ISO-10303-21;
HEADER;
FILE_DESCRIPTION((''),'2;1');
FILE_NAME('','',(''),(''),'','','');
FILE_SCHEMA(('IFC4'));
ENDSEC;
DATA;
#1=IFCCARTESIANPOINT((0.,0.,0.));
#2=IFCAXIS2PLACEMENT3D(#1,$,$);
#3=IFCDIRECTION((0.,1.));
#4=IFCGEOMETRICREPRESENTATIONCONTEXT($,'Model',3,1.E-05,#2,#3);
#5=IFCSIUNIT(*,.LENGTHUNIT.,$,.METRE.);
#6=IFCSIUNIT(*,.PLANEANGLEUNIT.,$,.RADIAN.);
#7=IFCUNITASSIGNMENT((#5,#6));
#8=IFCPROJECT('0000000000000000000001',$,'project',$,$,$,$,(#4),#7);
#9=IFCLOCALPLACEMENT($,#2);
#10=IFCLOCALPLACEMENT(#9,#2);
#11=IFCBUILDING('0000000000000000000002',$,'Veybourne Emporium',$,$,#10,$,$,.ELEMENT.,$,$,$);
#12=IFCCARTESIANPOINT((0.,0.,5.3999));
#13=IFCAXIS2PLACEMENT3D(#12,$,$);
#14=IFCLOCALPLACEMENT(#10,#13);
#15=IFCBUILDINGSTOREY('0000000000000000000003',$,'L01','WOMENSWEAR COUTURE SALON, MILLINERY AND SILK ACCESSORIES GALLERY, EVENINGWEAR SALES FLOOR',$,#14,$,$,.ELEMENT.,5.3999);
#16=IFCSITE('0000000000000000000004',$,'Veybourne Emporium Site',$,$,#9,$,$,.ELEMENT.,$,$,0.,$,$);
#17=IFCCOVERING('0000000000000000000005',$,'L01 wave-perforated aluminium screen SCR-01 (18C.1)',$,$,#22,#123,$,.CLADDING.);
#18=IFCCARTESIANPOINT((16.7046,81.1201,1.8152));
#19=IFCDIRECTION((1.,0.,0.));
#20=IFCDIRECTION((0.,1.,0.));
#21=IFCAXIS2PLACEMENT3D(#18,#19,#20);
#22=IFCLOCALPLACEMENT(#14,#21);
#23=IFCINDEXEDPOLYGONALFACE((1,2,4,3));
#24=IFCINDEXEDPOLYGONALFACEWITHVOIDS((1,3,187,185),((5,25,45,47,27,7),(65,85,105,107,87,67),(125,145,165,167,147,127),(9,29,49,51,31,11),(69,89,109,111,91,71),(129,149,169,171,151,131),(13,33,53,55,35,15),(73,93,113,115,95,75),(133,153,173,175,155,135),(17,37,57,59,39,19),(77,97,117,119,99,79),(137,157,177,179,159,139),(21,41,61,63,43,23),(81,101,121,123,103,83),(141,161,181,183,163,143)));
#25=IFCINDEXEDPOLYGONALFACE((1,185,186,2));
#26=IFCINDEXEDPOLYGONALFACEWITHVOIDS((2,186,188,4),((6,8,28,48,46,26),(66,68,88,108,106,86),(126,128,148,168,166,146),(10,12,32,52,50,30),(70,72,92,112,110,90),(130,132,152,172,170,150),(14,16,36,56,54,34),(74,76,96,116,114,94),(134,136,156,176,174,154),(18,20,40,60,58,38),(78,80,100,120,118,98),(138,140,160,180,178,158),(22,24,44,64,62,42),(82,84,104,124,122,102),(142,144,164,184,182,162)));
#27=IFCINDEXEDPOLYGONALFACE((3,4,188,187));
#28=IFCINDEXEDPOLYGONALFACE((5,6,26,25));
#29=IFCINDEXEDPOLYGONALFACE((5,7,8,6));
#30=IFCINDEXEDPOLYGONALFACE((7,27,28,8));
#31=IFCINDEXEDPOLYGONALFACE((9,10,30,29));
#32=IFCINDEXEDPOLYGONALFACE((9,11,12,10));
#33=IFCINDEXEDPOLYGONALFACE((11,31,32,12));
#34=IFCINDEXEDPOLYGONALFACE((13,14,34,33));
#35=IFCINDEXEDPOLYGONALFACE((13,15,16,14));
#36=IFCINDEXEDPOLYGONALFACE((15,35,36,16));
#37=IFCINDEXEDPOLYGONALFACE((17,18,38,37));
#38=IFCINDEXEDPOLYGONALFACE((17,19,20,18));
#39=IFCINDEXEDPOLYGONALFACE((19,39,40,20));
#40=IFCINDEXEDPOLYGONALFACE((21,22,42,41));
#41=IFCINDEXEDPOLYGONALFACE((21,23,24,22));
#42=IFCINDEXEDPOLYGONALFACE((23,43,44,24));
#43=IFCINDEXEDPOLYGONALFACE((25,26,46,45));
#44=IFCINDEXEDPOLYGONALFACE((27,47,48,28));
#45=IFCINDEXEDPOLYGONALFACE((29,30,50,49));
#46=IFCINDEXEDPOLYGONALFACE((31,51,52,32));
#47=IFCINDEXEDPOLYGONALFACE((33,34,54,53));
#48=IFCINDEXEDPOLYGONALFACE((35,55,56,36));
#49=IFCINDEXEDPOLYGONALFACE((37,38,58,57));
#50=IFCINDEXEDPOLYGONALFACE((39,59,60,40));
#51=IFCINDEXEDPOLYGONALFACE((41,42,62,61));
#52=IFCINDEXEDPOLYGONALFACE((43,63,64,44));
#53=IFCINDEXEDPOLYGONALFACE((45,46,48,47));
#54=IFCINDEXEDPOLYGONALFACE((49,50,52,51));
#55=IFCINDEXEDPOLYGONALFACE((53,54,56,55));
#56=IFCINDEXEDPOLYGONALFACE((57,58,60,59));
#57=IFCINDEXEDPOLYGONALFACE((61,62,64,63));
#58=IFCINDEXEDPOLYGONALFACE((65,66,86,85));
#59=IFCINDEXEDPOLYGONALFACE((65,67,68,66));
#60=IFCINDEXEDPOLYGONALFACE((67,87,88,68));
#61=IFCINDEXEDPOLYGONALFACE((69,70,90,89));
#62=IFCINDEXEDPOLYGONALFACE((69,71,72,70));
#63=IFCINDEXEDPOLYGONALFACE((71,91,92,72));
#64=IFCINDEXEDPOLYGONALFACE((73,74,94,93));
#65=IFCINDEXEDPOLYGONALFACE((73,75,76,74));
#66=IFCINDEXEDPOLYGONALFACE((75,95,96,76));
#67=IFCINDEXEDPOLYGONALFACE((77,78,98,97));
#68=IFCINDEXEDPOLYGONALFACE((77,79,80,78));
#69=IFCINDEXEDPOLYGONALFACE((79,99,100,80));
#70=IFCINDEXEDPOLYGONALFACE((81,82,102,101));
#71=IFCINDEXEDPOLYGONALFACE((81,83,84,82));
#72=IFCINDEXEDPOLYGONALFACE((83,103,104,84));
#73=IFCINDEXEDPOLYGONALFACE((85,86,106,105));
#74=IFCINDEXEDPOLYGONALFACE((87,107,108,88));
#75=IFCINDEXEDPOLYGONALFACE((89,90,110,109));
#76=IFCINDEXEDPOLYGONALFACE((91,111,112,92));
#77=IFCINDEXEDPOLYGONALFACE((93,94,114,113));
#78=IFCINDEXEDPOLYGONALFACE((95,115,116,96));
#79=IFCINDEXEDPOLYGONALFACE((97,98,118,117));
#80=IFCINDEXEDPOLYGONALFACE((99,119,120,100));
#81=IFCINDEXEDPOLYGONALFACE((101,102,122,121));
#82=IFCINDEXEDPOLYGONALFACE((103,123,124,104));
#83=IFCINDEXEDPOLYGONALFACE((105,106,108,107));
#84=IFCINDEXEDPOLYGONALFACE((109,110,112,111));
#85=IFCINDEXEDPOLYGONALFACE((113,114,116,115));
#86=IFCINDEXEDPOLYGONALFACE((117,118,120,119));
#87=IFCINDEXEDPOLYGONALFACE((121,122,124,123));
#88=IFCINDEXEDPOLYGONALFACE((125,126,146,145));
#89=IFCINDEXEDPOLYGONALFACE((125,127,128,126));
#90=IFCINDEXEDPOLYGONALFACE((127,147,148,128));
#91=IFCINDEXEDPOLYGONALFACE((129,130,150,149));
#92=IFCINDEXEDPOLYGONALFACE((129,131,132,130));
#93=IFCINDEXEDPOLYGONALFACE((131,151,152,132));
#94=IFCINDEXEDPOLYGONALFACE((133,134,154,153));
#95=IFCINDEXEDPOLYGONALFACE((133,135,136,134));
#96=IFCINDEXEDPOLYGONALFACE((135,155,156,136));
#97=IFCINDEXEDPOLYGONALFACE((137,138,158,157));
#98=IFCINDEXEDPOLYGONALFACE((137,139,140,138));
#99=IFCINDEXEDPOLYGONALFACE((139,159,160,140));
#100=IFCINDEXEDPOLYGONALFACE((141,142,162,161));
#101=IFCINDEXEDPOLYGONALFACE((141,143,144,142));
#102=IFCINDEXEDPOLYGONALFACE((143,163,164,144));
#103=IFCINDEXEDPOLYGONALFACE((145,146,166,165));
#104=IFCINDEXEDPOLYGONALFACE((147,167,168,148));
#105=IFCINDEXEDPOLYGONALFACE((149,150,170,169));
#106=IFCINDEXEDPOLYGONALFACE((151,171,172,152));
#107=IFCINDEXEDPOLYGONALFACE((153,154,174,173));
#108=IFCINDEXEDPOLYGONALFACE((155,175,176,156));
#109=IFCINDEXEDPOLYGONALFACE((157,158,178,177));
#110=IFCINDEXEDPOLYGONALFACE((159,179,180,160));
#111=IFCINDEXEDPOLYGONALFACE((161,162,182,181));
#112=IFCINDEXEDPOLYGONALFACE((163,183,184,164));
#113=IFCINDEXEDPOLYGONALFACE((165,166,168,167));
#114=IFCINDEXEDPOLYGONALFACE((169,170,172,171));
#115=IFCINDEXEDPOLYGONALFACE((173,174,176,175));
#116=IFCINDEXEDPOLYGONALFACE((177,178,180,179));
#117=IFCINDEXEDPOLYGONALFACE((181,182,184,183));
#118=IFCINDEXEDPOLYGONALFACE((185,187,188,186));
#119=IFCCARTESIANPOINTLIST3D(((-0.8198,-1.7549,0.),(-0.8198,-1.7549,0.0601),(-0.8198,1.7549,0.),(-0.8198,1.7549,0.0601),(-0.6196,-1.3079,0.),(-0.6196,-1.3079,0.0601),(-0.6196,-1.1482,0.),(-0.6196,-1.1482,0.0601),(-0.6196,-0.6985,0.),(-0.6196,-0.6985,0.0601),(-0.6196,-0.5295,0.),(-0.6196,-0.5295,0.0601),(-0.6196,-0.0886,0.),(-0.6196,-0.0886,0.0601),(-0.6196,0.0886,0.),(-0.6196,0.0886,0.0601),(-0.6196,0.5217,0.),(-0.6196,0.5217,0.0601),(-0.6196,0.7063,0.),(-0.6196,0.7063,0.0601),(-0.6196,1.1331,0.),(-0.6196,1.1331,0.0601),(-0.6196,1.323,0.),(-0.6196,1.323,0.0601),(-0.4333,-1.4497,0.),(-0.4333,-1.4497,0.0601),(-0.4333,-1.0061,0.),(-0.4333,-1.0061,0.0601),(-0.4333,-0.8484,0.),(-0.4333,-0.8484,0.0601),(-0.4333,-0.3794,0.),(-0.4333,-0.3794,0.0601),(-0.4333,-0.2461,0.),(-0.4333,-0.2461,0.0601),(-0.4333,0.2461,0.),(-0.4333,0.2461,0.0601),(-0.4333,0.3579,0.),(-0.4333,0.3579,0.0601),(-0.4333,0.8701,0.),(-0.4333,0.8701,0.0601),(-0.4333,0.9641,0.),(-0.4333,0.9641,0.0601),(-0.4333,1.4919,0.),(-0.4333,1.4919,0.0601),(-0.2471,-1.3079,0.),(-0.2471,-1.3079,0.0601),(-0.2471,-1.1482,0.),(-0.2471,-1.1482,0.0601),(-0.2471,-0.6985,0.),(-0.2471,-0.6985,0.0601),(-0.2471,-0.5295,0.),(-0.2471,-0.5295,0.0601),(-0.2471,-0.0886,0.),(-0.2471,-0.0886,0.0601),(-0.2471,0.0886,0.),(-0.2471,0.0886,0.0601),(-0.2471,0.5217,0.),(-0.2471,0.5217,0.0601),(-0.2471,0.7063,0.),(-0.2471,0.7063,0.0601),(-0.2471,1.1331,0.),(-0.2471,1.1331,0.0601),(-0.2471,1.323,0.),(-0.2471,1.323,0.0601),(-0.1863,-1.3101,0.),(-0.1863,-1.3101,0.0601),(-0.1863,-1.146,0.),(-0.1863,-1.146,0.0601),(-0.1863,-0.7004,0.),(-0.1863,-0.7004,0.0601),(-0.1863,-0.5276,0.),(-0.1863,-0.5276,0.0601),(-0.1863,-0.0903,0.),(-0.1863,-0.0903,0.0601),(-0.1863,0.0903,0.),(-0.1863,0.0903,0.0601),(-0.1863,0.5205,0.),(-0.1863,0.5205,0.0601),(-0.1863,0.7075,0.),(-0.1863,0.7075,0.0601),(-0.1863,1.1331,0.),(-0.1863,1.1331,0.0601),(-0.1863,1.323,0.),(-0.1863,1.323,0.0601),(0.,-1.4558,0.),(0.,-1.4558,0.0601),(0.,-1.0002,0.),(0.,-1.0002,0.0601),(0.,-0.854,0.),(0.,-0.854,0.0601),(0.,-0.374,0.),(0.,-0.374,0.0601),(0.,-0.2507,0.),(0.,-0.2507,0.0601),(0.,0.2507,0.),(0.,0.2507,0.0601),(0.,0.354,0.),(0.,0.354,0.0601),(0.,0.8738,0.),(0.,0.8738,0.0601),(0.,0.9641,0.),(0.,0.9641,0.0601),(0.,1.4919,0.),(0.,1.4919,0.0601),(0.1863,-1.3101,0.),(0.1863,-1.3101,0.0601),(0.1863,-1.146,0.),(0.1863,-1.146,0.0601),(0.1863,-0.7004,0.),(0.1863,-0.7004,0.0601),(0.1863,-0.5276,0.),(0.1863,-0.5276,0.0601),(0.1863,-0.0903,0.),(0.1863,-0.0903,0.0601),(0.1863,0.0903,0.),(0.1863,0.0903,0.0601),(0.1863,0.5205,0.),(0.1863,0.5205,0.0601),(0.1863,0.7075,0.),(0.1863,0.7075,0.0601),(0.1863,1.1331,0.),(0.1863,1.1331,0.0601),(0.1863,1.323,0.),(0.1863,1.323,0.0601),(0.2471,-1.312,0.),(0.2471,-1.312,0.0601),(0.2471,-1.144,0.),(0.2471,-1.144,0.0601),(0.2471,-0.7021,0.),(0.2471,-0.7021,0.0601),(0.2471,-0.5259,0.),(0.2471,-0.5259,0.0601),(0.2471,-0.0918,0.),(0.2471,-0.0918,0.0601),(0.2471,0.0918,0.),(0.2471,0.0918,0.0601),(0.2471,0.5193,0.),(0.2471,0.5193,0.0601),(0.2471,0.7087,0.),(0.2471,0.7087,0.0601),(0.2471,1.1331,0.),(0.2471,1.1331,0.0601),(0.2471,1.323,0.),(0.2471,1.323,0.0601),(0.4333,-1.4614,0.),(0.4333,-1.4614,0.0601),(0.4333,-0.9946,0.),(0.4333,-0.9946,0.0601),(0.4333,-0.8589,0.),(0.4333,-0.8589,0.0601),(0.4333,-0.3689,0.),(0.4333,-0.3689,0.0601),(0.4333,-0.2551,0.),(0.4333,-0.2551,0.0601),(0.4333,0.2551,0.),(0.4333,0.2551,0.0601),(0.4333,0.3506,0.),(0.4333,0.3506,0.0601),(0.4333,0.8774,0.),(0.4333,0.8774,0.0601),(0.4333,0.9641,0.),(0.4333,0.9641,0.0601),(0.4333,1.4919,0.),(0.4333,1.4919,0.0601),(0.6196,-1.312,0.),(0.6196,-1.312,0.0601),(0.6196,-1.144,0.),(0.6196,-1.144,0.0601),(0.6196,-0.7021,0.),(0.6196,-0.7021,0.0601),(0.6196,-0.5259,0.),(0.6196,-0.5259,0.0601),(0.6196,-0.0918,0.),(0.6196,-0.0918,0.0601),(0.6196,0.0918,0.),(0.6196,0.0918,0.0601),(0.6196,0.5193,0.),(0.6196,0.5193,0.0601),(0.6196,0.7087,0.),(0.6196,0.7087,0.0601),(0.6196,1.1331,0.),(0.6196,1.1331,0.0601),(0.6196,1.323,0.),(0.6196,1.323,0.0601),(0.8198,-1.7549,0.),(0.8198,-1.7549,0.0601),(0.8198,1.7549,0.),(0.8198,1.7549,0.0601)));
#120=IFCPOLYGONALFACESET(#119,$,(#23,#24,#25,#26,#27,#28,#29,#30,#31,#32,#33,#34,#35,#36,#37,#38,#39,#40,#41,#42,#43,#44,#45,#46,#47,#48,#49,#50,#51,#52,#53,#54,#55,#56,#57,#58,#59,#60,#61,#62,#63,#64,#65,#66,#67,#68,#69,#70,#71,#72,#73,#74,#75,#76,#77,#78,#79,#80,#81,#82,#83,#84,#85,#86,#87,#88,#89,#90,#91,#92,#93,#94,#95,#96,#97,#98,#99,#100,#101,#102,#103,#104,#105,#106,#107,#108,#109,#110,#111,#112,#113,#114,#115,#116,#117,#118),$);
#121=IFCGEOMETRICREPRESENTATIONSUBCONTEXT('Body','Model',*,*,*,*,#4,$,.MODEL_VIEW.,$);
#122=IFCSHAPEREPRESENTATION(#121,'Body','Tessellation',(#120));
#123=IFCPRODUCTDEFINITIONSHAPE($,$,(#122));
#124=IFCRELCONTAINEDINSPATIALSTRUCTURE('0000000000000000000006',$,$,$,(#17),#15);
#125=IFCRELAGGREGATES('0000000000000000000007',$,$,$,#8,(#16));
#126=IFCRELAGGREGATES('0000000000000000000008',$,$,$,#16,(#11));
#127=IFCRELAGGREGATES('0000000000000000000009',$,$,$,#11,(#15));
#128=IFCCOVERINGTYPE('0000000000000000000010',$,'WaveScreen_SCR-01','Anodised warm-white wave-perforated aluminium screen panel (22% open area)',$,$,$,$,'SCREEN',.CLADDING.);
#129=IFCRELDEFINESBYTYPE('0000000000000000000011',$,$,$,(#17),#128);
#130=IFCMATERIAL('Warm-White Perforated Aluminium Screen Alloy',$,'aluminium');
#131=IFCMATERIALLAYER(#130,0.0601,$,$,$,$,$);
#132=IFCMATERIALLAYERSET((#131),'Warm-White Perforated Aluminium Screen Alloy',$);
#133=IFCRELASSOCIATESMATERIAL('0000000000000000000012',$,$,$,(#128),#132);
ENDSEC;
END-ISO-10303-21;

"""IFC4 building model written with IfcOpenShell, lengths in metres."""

from ifc_helpers import new_model, si_unit, direction, frame, origin, place, context, subcontext, project, spatial, polyline, outline, extrude, material, layer, layer_set, type_object, element, save


model = new_model("IFC4")

# Units and contexts
model_context = context("Model", 3, precision=1e-05, world=origin(), true_north=direction((0.0, 1.0)))
body_context = subcontext(model_context, "Body", "Model", "MODEL_VIEW")
ifc_project = project(units=[si_unit("LENGTHUNIT", "METRE"), si_unit("PLANEANGLEUNIT", "RADIAN")], contexts=[model_context])

# Site, building, storey
site_placement = place(None, origin())
site = spatial("IfcSite", under=ifc_project, at=site_placement, Name="Veybourne Emporium Site", CompositionType="ELEMENT", RefElevation=0.0)
building_placement = place(site_placement, origin())
building = spatial("IfcBuilding", under=site, at=building_placement, Name="Veybourne Emporium", CompositionType="ELEMENT")
storey_placement = place(building_placement, frame((0.0, 0.0, 5.3999)))
storey = spatial("IfcBuildingStorey", under=building, at=storey_placement, Name="L01", Description="WOMENSWEAR COUTURE SALON, MILLINERY AND SILK ACCESSORIES GALLERY, EVENINGWEAR SALES FLOOR", CompositionType="ELEMENT", Elevation=5.3999)

# Covering
ifc_material_1 = material(Name="Warm-White Perforated Aluminium Screen Alloy", Category="aluminium")
ifc_layer_1 = layer(ifc_material_1, 0.0601)
ifc_layer_set_1 = layer_set([ifc_layer_1], Name="Warm-White Perforated Aluminium Screen Alloy")
covering_type_1 = type_object("IfcCoveringType", Name="WaveScreen_SCR-01", Description="Anodised warm-white wave-perforated aluminium screen panel (22% open area)", ElementType="SCREEN", PredefinedType="CLADDING", material=ifc_layer_set_1)
covering_1_placement = place(storey_placement, frame((16.7046, 81.1201, 1.8152), z_axis=(1.0, 0.0, 0.0), x_axis=(0.0, 1.0, 0.0)))
element("IfcCovering", 1, at=covering_1_placement, inside=storey, type_object=covering_type_1, Name="L01 wave-perforated aluminium screen SCR-01 (18C.1)", PredefinedType="CLADDING", context=body_context, shape_type="SweptSolid", body=[
    extrude(outline(polyline([(-0.8198, -1.7549), (0.8198, -1.7549), (0.8198, 1.7549), (-0.8198, 1.7549), (-0.8198, -1.7549)]), holes=[polyline([(-0.4333, -1.0061), (-0.2471, -1.1482), (-0.2471, -1.3079), (-0.4333, -1.4497), (-0.6196, -1.3079), (-0.6196, -1.1482), (-0.4333, -1.0061)]), polyline([(-0.4333, -0.3794), (-0.2471, -0.5295), (-0.2471, -0.6985), (-0.4333, -0.8484), (-0.6196, -0.6985), (-0.6196, -0.5295), (-0.4333, -0.3794)]), polyline([(-0.4333, 0.2461), (-0.2471, 0.0886), (-0.2471, -0.0886), (-0.4333, -0.2461), (-0.6196, -0.0886), (-0.6196, 0.0886), (-0.4333, 0.2461)]), polyline([(-0.4333, 0.8701), (-0.2471, 0.7063), (-0.2471, 0.5217), (-0.4333, 0.3579), (-0.6196, 0.5217), (-0.6196, 0.7063), (-0.4333, 0.8701)]), polyline([(-0.4333, 1.4919), (-0.2471, 1.323), (-0.2471, 1.1331), (-0.4333, 0.9641), (-0.6196, 1.1331), (-0.6196, 1.323), (-0.4333, 1.4919)]), polyline([(0.0, -1.0002), (0.1863, -1.146), (0.1863, -1.3101), (0.0, -1.4558), (-0.1863, -1.3101), (-0.1863, -1.146), (0.0, -1.0002)]), polyline([(0.0, -0.374), (0.1863, -0.5276), (0.1863, -0.7004), (0.0, -0.854), (-0.1863, -0.7004), (-0.1863, -0.5276), (0.0, -0.374)]), polyline([(0.0, 0.2507), (0.1863, 0.0903), (0.1863, -0.0903), (0.0, -0.2507), (-0.1863, -0.0903), (-0.1863, 0.0903), (0.0, 0.2507)]), polyline([(0.0, 0.8738), (0.1863, 0.7075), (0.1863, 0.5205), (0.0, 0.354), (-0.1863, 0.5205), (-0.1863, 0.7075), (0.0, 0.8738)]), polyline([(0.0, 1.4919), (0.1863, 1.323), (0.1863, 1.1331), (0.0, 0.9641), (-0.1863, 1.1331), (-0.1863, 1.323), (0.0, 1.4919)]), polyline([(0.4333, -0.9946), (0.6196, -1.144), (0.6196, -1.312), (0.4333, -1.4614), (0.2471, -1.312), (0.2471, -1.144), (0.4333, -0.9946)]), polyline([(0.4333, -0.3689), (0.6196, -0.5259), (0.6196, -0.7021), (0.4333, -0.8589), (0.2471, -0.7021), (0.2471, -0.5259), (0.4333, -0.3689)]), polyline([(0.4333, 0.2551), (0.6196, 0.0918), (0.6196, -0.0918), (0.4333, -0.2551), (0.2471, -0.0918), (0.2471, 0.0918), (0.4333, 0.2551)]), polyline([(0.4333, 0.8774), (0.6196, 0.7087), (0.6196, 0.5193), (0.4333, 0.3506), (0.2471, 0.5193), (0.2471, 0.7087), (0.4333, 0.8774)]), polyline([(0.4333, 1.4919), (0.6196, 1.323), (0.6196, 1.1331), (0.4333, 0.9641), (0.2471, 1.1331), (0.2471, 1.323), (0.4333, 1.4919)])]), origin(), (0.0, 0.0, 1.0), 0.0601),
])

save(model, "model.ifc")
